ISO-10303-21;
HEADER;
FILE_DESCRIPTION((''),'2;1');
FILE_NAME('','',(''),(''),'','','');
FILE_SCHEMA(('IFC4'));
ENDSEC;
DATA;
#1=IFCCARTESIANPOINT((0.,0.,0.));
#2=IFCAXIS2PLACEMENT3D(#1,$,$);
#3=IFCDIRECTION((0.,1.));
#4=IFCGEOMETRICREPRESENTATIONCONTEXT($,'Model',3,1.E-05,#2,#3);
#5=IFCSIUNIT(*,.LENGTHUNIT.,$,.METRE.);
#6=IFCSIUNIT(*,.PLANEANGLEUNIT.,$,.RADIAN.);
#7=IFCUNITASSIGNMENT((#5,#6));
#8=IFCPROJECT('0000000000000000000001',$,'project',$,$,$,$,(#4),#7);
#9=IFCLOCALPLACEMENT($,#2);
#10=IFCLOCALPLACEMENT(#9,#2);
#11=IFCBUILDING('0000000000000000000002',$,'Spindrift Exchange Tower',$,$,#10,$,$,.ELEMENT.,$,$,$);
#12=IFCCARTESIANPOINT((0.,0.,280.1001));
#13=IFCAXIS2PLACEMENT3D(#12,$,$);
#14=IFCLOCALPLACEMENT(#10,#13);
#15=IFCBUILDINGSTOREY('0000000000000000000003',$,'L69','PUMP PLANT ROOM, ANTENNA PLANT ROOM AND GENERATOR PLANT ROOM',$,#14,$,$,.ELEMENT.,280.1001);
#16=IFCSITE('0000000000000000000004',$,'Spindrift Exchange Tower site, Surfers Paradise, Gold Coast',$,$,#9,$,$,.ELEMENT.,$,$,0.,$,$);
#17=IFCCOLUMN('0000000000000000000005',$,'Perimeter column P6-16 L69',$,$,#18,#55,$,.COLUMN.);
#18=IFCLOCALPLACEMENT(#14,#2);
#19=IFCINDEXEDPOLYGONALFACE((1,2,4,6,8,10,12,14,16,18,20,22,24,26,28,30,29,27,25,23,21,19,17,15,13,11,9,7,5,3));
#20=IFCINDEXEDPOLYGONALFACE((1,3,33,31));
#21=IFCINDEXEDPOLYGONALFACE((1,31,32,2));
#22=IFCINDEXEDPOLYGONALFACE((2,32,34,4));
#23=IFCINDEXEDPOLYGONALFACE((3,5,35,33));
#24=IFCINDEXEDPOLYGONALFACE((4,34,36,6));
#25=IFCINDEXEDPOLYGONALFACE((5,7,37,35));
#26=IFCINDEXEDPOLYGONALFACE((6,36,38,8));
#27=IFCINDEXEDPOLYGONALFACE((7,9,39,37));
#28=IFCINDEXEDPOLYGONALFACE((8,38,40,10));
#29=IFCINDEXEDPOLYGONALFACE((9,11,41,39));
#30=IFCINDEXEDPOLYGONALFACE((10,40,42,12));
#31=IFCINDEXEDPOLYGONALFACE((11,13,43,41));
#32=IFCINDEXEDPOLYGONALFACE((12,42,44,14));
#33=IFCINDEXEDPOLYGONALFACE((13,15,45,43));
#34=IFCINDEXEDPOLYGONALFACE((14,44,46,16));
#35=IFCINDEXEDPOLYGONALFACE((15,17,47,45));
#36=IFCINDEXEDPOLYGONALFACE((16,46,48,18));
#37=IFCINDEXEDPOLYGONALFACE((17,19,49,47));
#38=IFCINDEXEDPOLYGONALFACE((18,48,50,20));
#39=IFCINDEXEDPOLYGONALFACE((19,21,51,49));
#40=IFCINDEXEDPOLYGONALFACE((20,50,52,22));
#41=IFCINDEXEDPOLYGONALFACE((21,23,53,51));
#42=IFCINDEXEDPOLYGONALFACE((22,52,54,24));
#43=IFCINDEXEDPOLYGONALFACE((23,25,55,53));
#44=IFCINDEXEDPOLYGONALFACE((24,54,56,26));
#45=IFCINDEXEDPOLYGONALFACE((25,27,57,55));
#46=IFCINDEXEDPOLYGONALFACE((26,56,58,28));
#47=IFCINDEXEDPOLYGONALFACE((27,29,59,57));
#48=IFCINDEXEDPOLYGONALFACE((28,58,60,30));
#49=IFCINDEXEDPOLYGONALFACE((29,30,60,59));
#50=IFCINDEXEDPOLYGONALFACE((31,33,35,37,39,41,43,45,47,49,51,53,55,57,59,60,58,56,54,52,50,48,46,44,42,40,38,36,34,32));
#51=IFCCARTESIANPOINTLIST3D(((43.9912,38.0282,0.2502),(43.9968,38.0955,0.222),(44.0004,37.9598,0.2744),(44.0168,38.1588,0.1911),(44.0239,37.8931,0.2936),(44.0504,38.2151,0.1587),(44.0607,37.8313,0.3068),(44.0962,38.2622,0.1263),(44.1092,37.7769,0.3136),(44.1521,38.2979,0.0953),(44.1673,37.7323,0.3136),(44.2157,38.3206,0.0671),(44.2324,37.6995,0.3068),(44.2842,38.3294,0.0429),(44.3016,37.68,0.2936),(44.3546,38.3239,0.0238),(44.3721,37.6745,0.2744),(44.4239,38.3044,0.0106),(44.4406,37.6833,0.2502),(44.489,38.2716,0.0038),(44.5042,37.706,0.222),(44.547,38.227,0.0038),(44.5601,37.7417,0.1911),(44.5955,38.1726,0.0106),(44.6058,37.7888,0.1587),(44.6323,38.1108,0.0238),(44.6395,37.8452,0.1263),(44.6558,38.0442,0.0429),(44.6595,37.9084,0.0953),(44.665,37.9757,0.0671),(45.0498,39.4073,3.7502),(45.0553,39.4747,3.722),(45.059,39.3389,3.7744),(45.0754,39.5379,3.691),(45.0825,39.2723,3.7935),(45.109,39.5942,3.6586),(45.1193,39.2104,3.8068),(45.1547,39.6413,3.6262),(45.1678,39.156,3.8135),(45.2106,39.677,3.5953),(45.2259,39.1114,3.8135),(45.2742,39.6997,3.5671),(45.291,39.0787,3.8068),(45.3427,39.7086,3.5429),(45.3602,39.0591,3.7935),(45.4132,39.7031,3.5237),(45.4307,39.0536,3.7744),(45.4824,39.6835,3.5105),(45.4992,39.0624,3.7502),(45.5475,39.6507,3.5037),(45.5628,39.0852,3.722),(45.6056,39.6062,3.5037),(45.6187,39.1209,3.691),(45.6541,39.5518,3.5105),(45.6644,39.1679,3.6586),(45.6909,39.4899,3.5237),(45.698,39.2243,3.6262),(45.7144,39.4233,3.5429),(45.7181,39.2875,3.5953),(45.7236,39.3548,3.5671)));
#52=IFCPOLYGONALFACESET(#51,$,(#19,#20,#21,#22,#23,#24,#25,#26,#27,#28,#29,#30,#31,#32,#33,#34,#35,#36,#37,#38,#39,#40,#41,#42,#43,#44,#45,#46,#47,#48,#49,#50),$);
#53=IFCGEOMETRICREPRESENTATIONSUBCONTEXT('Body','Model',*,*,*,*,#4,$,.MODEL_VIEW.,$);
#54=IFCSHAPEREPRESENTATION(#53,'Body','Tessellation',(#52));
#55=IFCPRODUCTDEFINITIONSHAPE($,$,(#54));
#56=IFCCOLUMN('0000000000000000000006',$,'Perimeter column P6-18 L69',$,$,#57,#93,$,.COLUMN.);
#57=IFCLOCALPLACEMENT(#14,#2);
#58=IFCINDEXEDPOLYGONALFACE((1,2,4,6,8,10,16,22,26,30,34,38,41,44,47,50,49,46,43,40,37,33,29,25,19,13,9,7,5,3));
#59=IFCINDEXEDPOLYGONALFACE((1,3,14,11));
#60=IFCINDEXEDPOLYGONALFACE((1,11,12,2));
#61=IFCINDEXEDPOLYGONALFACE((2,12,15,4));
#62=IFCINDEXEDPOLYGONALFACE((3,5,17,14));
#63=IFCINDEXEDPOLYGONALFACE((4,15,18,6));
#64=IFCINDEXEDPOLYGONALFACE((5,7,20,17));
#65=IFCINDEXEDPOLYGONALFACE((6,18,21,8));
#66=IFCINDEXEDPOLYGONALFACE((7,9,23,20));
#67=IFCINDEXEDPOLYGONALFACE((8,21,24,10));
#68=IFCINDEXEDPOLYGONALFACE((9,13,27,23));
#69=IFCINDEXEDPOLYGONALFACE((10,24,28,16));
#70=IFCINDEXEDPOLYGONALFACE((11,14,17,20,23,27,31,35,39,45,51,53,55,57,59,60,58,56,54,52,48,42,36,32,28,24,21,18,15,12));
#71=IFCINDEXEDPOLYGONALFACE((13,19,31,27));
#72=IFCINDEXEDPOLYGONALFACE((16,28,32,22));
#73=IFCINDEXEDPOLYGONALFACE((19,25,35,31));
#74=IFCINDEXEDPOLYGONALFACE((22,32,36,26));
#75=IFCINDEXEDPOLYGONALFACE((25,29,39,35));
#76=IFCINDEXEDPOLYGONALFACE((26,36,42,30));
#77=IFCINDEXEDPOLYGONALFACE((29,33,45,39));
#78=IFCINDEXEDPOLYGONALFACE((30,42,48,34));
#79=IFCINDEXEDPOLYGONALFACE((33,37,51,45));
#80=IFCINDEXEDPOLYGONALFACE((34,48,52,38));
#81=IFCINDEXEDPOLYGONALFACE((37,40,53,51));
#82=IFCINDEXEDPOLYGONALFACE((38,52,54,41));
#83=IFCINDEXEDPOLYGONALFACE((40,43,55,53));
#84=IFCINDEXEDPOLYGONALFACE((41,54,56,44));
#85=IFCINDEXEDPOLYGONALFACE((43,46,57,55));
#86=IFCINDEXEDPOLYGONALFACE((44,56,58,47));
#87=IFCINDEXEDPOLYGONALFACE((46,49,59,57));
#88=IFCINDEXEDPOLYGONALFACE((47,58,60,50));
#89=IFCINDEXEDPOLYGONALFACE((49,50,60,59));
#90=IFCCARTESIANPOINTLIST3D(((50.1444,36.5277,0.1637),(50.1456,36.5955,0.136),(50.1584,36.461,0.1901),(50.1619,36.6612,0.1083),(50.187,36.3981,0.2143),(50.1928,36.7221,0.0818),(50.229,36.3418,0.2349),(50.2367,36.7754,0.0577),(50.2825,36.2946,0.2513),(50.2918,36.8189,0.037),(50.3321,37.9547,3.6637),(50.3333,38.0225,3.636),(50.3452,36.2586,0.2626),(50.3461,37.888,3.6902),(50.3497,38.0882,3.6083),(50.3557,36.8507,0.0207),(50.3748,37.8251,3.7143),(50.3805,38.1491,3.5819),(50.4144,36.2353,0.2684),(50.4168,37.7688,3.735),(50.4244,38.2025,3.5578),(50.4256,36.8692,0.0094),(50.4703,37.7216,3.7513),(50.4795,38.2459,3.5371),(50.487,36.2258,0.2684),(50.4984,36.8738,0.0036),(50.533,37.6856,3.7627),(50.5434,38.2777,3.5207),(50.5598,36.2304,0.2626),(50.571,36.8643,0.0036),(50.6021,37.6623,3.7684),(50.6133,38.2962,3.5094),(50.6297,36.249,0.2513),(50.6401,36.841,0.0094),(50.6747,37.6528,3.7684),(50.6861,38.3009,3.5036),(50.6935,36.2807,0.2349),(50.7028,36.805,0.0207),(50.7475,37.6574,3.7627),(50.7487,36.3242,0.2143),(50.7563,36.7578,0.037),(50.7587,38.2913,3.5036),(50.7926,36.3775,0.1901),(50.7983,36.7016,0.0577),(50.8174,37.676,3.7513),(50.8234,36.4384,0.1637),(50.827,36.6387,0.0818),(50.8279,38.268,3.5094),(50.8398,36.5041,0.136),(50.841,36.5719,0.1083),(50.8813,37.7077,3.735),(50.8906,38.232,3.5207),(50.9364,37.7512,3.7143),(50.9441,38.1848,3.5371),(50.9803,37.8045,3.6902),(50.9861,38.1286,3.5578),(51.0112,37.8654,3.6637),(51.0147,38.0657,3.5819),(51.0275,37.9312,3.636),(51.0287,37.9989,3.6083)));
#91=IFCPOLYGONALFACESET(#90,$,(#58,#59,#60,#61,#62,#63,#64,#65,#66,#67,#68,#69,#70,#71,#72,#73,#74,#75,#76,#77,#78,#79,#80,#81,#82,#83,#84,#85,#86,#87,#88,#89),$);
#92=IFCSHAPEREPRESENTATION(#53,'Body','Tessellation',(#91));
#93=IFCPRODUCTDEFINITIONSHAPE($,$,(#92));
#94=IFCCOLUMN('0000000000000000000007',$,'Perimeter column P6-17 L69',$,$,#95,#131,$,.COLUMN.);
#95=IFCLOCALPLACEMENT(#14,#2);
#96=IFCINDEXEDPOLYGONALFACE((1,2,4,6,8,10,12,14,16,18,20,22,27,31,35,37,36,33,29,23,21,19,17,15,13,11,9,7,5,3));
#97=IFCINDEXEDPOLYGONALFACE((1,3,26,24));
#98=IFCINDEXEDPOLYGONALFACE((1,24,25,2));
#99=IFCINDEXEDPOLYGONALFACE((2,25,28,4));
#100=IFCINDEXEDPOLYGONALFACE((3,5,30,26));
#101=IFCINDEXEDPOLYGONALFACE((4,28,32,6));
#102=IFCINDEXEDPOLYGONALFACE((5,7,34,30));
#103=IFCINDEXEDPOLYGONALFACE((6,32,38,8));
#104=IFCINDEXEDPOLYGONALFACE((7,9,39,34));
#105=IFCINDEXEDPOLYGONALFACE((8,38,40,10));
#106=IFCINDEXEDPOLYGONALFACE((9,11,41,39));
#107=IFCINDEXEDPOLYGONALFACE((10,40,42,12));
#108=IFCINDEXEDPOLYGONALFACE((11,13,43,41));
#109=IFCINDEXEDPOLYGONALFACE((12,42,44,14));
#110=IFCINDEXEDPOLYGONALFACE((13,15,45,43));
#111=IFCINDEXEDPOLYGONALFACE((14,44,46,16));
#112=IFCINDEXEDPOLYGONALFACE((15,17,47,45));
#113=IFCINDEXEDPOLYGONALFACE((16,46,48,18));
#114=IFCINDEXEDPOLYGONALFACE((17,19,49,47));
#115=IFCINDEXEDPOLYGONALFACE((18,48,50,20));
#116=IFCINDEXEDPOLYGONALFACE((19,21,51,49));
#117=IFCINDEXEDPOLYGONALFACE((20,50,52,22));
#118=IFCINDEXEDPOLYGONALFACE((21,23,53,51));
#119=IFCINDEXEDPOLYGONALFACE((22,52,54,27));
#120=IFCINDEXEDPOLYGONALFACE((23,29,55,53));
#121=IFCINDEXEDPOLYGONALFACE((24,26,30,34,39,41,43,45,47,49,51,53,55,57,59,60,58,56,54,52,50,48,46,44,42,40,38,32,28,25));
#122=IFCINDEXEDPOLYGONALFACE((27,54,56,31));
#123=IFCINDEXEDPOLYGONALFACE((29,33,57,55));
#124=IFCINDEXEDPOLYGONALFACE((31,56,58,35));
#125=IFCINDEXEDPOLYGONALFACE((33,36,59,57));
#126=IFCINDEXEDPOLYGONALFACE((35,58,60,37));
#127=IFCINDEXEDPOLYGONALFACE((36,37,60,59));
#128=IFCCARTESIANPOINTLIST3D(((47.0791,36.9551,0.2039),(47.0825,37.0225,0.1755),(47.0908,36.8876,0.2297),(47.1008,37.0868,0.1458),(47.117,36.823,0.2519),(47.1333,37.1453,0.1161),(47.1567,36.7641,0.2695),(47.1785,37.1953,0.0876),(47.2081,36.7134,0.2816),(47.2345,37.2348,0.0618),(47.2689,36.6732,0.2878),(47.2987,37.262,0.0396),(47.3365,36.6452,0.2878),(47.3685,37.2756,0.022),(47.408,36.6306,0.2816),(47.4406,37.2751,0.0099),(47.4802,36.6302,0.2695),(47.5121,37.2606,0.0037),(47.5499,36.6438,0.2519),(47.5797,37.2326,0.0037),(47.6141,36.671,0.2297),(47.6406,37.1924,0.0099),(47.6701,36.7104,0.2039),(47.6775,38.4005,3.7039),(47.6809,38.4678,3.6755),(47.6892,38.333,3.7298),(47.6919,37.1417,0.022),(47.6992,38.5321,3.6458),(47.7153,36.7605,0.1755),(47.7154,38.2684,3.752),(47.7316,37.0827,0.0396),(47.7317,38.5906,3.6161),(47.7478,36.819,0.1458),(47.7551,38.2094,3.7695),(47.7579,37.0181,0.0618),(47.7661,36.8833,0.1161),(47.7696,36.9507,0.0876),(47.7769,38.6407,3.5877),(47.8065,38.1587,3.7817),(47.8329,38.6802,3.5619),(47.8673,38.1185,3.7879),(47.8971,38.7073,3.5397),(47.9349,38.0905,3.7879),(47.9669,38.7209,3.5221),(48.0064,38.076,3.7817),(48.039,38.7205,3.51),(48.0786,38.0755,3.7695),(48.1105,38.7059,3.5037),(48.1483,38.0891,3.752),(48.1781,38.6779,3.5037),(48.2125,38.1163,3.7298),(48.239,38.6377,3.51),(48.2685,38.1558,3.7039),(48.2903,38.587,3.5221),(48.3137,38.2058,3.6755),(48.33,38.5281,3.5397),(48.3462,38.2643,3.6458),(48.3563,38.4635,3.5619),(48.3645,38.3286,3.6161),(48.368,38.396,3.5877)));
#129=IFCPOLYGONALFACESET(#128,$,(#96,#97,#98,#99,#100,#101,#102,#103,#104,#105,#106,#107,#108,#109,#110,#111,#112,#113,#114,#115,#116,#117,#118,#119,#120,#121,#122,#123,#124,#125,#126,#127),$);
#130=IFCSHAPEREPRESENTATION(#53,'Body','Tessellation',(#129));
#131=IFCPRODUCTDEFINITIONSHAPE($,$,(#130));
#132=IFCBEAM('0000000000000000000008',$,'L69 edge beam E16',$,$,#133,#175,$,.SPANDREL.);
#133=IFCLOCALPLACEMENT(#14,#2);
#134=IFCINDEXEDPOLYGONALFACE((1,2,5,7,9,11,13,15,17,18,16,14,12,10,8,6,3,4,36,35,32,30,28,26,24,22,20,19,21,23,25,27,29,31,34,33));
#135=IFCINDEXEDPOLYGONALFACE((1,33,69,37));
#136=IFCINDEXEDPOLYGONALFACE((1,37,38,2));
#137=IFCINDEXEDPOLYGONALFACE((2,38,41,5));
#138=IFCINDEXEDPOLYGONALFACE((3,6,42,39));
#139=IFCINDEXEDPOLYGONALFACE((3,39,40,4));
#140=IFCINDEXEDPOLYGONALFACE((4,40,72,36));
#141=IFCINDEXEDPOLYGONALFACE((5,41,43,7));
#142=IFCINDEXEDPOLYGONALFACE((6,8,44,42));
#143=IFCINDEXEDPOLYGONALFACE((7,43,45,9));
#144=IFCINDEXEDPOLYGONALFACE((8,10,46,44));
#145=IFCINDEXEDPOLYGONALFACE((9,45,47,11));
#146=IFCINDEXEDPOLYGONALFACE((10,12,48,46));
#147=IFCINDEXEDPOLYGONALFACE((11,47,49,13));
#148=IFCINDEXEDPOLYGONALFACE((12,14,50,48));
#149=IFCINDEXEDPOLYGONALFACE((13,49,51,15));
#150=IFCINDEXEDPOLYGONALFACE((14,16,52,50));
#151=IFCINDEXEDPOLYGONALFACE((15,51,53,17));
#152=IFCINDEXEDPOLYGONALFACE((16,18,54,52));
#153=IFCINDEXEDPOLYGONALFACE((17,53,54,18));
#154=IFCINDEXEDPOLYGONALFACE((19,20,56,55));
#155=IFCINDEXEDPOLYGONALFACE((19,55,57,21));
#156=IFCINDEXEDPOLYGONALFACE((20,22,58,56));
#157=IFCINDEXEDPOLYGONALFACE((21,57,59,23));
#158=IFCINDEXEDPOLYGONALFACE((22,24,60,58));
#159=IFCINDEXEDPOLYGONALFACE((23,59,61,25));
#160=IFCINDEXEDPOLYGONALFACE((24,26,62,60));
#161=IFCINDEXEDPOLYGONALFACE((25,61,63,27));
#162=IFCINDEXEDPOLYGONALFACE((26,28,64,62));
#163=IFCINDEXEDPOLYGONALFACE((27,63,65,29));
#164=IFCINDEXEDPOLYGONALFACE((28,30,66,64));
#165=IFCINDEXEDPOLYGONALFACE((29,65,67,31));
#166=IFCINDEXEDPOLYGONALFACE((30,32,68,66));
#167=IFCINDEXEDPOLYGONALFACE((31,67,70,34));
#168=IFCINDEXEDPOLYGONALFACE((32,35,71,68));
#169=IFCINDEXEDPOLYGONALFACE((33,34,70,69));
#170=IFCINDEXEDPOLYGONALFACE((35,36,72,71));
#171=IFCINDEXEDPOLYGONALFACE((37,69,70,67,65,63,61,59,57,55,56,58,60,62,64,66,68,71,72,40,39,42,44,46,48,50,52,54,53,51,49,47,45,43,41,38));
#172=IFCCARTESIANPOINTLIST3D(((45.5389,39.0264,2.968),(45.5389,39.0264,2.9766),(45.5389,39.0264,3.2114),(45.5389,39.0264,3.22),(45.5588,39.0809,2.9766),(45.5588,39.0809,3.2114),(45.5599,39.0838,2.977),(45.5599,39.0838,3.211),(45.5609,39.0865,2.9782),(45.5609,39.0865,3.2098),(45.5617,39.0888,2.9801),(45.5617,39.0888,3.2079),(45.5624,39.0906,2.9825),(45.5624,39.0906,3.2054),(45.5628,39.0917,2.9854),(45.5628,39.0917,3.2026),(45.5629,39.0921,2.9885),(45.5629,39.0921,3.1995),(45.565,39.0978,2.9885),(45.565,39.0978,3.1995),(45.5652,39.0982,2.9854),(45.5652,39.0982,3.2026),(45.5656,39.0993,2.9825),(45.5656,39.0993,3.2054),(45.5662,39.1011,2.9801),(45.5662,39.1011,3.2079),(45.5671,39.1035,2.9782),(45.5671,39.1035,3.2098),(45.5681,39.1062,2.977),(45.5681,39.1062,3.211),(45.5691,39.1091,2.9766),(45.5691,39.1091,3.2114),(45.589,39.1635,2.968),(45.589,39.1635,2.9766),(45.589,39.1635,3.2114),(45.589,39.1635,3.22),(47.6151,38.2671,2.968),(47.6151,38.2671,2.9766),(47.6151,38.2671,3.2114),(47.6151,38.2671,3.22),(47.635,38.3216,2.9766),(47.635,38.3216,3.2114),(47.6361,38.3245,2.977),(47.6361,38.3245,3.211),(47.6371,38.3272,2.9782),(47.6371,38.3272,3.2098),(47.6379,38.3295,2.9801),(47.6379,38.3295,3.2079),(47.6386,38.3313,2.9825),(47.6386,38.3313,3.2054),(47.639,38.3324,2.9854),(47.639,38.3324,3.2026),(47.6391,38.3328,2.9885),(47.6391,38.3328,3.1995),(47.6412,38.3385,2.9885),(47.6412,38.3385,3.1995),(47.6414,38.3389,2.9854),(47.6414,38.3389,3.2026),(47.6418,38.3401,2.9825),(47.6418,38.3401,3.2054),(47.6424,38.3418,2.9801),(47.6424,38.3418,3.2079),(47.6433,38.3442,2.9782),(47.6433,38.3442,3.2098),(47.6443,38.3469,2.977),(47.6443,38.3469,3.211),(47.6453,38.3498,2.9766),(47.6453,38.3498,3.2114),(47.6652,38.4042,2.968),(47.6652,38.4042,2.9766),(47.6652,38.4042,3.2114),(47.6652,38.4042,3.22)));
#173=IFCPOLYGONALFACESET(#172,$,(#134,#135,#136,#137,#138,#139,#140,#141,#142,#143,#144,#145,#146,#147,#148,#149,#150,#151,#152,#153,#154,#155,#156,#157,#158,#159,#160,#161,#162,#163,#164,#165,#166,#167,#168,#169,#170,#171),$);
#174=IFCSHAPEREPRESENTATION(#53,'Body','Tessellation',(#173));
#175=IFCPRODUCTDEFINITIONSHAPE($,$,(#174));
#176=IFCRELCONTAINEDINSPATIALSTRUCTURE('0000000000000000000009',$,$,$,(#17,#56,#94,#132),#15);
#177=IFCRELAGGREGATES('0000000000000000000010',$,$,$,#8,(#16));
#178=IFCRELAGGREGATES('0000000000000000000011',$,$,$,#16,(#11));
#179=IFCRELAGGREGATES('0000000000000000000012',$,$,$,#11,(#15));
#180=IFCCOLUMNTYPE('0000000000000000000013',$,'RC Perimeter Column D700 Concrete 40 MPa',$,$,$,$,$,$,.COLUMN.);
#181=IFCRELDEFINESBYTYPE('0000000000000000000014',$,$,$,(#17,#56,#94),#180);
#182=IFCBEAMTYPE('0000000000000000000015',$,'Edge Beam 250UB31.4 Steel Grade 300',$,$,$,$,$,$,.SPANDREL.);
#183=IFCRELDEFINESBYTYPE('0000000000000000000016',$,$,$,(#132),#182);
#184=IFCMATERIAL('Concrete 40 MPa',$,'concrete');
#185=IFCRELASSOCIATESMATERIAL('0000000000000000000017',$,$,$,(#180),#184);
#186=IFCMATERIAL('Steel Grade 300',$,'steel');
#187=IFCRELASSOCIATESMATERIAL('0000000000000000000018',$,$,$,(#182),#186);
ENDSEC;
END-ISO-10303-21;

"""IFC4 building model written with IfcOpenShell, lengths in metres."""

from ifc_helpers import new_model, si_unit, direction, frame, origin, origin_2d, place, context, subcontext, project, spatial, circle, i_section, extrude, source, transform, mapped, material, material_profile, profile_set, type_object, element, save


model = new_model("IFC4")

# Units and contexts
model_context = context("Model", 3, precision=1e-05, world=origin(), true_north=direction((0.0, 1.0)))
body_context = subcontext(model_context, "Body", "Model", "MODEL_VIEW")
ifc_project = project(units=[si_unit("LENGTHUNIT", "METRE"), si_unit("PLANEANGLEUNIT", "RADIAN")], contexts=[model_context])

# Site, building, storey
site_placement = place(None, origin())
site = spatial("IfcSite", under=ifc_project, at=site_placement, Name="Spindrift Exchange Tower site, Surfers Paradise, Gold Coast", CompositionType="ELEMENT", RefElevation=0.0)
building_placement = place(site_placement, origin())
building = spatial("IfcBuilding", under=site, at=building_placement, Name="Spindrift Exchange Tower", CompositionType="ELEMENT")
storey_placement = place(building_placement, frame((0.0, 0.0, 280.1001)))
storey = spatial("IfcBuildingStorey", under=building, at=storey_placement, Name="L69", Description="PUMP PLANT ROOM, ANTENNA PLANT ROOM AND GENERATOR PLANT ROOM", CompositionType="ELEMENT", Elevation=280.1001)

# Columns
ifc_material_1 = material(Name="Concrete 40 MPa", Category="concrete")
ifc_material_profile_1 = material_profile(ifc_material_1, circle(Radius=0.3501, at=origin_2d()), Name="RC D700")
ifc_profile_set_1 = profile_set([ifc_material_profile_1], Name="Concrete 40 MPa")
column_type = type_object("IfcColumnType", Name="RC Perimeter Column D700 Concrete 40 MPa", PredefinedType="COLUMN", material=ifc_profile_set_1)
shared_shape_1 = source(origin(), body_context, "Body", "SweptSolid", [
    extrude(circle(Radius=0.3501, at=origin_2d()), origin(), (0.0, 0.0, 1.0), 3.908),
])
column_1_placement = place(storey_placement, frame((44.3281, 38.002, 0.1587), z_axis=(0.270877, 0.352902, 0.895593), x_axis=(-0.79326, 0.608882, 0.0)))
element("IfcColumn", 1, at=column_1_placement, inside=storey, type_object=column_type, Name="Perimeter column P6-16 L69", PredefinedType="COLUMN", context=body_context, shape_type="MappedRepresentation", body=[
    mapped(shared_shape_1, transform((0.0, 0.0, 0.0), scale=1.0)),
])
shared_shape_2 = source(origin(), body_context, "Body", "SweptSolid", [
    extrude(circle(Radius=0.3501, at=origin_2d()), origin(), (0.0, 0.0, 1.0), 3.7844),
])
column_2_placement = place(storey_placement, frame((50.4927, 36.5498, 0.136), z_axis=(0.04961, 0.377076, 0.924853), x_axis=(-0.991456, 0.130441, 0.0)))
element("IfcColumn", 2, at=column_2_placement, inside=storey, type_object=column_type, Name="Perimeter column P6-18 L69", PredefinedType="COLUMN", context=body_context, shape_type="MappedRepresentation", body=[
    mapped(shared_shape_2, transform((0.0, 0.0, 0.0), scale=1.0)),
])
shared_shape_3 = source(origin(), body_context, "Body", "SweptSolid", [
    extrude(circle(Radius=0.3501, at=origin_2d()), origin(), (0.0, 0.0, 1.0), 3.8337),
])
column_3_placement = place(storey_placement, frame((47.4243, 36.9529, 0.1458), z_axis=(0.156088, 0.377005, 0.912964), x_axis=(-0.923943, 0.382531, 0.0)))
element("IfcColumn", 3, at=column_3_placement, inside=storey, type_object=column_type, Name="Perimeter column P6-17 L69", PredefinedType="COLUMN", context=body_context, shape_type="MappedRepresentation", body=[
    mapped(shared_shape_3, transform((0.0, 0.0, 0.0), scale=1.0)),
])

# Beam
ifc_material_2 = material(Name="Steel Grade 300", Category="steel")
ifc_material_profile_2 = material_profile(ifc_material_2, i_section(OverallWidth=0.146, OverallDepth=0.252, WebThickness=0.0061, FlangeThickness=0.0085, FilletRadius=0.012, at=origin_2d()), Name="250UB31.4")
ifc_profile_set_2 = profile_set([ifc_material_profile_2], Name="Steel Grade 300")
beam_type = type_object("IfcBeamType", Name="Edge Beam 250UB31.4 Steel Grade 300", PredefinedType="SPANDREL", material=ifc_profile_set_2)
shared_shape_4 = source(origin(), body_context, "Body", "SweptSolid", [
    extrude(i_section(OverallWidth=0.146, OverallDepth=0.252, WebThickness=0.0061, FlangeThickness=0.0085, FilletRadius=0.012, at=origin_2d()), origin(), (0.0, 0.0, 1.0), 2.2107),
])
beam_1_placement = place(storey_placement, frame((45.564, 39.095, 3.094), z_axis=(0.939166, -0.343463, 0.0), x_axis=(0.343463, 0.939166, 0.0)))
element("IfcBeam", 4, at=beam_1_placement, inside=storey, type_object=beam_type, Name="L69 edge beam E16", PredefinedType="SPANDREL", context=body_context, shape_type="MappedRepresentation", body=[
    mapped(shared_shape_4, transform((0.0, 0.0, 0.0), scale=1.0)),
])

save(model, "model.ifc")
